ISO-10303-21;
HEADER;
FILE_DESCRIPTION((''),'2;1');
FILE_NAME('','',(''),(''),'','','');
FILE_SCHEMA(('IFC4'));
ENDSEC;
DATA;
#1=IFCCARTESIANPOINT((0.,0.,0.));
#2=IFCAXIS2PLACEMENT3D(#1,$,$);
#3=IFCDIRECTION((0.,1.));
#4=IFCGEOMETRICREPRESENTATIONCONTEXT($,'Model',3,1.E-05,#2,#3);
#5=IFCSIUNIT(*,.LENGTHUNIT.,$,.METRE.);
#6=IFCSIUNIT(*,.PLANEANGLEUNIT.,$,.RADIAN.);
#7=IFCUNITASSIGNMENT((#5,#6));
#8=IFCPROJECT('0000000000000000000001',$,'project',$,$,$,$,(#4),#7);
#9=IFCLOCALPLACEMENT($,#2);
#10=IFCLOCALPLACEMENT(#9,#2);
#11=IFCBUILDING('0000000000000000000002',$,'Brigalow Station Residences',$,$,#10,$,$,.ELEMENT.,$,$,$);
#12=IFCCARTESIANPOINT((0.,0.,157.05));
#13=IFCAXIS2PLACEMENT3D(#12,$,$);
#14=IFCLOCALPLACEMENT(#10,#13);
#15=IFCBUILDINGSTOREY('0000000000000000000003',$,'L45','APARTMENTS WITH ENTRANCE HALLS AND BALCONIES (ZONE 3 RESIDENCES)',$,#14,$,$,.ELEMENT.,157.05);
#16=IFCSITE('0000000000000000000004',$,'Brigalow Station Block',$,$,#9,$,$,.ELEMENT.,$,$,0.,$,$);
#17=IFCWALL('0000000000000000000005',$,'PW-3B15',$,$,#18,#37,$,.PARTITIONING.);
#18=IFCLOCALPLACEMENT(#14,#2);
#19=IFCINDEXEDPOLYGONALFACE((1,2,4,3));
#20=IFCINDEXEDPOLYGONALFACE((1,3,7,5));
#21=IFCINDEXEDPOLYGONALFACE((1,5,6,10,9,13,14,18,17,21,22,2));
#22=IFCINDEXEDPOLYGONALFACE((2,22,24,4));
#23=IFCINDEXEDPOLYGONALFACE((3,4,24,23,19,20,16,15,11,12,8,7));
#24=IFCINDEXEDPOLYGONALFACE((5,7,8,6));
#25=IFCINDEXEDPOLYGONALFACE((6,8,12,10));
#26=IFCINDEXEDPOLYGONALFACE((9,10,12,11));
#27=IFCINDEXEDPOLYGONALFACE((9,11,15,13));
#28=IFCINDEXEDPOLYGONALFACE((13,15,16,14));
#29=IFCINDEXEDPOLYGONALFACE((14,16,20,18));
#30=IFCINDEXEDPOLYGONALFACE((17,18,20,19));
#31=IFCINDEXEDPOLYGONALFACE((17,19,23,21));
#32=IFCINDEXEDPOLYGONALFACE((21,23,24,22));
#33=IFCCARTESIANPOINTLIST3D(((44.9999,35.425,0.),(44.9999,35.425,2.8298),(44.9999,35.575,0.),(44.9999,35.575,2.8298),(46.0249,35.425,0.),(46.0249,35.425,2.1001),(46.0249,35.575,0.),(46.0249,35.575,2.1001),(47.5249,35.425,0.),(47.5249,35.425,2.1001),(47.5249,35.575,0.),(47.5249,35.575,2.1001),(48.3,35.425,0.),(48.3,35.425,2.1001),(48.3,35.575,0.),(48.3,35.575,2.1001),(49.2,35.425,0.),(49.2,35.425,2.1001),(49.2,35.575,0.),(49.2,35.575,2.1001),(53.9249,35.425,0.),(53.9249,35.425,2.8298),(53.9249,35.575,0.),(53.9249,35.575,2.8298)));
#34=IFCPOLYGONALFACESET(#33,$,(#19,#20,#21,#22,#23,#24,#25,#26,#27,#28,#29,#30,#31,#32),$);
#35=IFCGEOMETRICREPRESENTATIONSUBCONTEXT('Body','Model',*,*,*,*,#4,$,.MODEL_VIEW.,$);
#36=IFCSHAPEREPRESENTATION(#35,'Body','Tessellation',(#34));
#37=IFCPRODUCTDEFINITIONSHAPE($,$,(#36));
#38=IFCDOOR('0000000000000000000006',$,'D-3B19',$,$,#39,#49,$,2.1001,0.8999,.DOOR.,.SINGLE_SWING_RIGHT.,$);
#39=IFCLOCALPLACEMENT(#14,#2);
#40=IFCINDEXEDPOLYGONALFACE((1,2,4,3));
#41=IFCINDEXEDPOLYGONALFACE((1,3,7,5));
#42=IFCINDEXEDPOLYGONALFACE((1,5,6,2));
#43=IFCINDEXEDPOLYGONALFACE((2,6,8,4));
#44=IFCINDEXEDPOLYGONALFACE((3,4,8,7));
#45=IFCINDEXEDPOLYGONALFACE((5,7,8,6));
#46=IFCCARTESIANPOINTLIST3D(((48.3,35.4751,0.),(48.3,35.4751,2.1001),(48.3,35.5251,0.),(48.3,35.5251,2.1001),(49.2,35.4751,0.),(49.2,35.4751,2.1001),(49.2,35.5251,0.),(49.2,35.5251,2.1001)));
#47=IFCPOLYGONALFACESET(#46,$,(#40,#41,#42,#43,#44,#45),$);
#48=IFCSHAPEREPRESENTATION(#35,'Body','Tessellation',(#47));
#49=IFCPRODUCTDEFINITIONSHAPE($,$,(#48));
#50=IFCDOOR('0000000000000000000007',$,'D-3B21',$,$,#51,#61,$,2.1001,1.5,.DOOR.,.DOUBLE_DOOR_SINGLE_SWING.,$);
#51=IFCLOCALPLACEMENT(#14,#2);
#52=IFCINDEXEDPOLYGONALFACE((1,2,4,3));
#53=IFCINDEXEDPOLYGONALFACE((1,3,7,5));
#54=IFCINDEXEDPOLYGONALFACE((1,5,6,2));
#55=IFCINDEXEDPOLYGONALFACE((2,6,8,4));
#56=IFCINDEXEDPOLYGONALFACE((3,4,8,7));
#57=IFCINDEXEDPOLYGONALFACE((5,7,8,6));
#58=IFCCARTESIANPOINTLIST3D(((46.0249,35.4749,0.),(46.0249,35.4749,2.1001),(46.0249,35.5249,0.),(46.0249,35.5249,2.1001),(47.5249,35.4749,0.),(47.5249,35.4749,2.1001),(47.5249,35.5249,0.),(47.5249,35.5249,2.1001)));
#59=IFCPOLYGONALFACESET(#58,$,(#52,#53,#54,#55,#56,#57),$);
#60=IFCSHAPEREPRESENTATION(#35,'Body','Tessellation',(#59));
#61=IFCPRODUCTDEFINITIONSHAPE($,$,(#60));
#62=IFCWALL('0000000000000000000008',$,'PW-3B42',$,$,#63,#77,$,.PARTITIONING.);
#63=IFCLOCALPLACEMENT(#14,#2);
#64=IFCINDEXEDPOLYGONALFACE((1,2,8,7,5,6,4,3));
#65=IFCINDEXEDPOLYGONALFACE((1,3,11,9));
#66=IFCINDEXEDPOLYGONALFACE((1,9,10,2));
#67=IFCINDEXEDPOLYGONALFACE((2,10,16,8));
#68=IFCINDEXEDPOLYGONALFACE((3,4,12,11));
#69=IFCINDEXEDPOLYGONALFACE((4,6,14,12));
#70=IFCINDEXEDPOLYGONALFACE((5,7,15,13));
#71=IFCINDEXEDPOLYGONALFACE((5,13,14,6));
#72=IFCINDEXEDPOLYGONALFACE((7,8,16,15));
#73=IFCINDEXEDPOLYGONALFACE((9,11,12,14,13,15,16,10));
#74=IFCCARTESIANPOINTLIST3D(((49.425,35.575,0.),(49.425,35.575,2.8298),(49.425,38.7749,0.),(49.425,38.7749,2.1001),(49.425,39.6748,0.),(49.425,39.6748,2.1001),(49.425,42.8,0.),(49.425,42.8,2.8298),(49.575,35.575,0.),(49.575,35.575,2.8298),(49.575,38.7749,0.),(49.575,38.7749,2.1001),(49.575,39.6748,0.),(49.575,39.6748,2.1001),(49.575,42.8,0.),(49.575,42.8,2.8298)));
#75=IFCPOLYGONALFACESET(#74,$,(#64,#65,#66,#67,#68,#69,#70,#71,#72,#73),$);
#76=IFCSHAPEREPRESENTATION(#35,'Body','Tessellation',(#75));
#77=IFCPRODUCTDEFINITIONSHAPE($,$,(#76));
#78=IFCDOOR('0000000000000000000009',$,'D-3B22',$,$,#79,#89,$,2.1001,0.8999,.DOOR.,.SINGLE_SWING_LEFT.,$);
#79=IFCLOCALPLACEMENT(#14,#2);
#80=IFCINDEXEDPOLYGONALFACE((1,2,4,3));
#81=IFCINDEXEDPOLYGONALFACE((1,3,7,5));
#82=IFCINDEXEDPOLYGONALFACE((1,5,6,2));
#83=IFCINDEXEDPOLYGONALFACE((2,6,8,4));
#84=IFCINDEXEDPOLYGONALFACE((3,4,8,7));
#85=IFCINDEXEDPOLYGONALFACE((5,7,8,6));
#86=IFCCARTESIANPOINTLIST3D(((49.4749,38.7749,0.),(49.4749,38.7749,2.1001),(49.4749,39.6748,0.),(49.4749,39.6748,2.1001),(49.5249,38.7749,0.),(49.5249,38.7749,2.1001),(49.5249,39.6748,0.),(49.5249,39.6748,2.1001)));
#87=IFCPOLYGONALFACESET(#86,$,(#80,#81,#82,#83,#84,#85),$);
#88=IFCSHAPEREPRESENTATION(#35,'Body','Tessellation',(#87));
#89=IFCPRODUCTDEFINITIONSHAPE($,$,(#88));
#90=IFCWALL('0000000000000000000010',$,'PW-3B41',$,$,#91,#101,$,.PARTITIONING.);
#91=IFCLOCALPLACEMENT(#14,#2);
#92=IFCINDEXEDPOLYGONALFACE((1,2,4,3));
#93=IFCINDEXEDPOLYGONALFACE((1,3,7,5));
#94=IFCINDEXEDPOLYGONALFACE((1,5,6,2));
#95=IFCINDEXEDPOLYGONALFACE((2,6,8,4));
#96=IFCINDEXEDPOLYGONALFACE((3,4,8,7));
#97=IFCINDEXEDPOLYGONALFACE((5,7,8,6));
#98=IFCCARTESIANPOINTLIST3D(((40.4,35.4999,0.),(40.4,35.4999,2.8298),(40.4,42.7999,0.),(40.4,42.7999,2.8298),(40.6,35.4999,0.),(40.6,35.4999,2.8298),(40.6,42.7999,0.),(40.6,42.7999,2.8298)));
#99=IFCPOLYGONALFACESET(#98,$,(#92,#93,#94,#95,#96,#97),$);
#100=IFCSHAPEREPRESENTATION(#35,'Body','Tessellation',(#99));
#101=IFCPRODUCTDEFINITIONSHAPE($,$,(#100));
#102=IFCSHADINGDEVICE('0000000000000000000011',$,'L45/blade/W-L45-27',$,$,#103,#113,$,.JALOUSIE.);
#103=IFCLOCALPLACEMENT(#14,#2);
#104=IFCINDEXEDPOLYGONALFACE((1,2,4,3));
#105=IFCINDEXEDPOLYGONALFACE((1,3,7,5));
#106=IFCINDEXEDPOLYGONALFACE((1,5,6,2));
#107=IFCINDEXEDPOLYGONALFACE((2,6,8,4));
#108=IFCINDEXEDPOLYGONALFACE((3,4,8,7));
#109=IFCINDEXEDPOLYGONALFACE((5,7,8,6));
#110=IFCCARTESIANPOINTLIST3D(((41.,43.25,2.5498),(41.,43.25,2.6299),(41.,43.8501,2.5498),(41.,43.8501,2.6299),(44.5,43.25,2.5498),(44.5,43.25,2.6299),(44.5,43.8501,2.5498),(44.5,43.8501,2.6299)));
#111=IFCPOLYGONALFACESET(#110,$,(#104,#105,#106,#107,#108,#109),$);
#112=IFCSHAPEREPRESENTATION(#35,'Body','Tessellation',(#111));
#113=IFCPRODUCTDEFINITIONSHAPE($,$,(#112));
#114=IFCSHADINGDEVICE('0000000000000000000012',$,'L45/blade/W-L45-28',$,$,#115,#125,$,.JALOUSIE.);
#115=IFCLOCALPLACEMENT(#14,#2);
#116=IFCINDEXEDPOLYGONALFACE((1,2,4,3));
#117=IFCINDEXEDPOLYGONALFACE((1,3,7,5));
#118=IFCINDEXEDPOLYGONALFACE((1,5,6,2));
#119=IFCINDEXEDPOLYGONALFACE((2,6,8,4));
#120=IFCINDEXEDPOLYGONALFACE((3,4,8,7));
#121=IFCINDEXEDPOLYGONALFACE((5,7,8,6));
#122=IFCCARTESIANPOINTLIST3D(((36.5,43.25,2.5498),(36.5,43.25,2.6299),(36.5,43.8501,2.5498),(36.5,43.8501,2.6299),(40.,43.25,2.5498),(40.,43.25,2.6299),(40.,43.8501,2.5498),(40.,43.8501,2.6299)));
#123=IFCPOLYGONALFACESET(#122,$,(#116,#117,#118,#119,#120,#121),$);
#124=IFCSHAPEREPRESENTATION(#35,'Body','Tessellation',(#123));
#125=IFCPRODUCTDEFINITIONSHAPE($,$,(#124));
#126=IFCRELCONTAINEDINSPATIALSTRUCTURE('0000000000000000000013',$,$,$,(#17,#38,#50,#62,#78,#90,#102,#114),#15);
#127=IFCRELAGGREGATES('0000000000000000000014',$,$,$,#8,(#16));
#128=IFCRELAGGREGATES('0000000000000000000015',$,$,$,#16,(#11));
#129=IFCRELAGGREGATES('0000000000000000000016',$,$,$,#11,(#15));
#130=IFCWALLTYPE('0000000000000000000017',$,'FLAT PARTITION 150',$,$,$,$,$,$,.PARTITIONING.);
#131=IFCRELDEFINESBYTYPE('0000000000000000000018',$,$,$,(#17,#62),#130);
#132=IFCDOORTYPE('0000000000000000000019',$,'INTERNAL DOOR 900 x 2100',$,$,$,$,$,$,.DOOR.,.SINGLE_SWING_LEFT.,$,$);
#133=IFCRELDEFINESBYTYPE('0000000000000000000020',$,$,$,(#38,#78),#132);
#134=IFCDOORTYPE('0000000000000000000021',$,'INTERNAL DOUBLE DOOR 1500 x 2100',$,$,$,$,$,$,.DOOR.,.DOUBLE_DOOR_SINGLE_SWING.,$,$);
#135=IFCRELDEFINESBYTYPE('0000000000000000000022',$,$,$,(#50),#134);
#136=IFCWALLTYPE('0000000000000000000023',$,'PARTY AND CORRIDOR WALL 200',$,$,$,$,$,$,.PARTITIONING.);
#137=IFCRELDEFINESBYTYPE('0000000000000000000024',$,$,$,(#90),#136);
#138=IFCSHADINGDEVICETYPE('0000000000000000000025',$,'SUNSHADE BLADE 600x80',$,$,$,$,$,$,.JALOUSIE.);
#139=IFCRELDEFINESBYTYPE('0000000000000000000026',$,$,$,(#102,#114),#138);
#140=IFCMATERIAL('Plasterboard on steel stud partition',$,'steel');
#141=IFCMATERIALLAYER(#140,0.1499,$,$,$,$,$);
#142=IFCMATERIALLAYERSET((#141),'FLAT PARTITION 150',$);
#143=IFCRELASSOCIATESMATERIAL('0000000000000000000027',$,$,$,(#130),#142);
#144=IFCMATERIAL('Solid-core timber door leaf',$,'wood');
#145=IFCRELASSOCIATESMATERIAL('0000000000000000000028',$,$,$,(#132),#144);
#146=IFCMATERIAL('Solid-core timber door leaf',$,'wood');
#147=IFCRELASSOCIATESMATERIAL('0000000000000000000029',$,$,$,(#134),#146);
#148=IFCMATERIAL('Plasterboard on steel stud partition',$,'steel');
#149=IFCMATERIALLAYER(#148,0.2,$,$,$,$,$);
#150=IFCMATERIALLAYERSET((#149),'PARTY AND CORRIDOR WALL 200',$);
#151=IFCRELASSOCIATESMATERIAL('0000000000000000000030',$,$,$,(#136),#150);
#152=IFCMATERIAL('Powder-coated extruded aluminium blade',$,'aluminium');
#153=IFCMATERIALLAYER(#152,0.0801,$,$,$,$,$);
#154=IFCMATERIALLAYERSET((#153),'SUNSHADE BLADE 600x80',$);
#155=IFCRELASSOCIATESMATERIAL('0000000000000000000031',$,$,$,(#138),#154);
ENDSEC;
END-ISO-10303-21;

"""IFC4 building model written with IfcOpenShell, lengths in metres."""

from ifc_helpers import new_model, si_unit, direction, frame, frame_2d, origin, origin_2d, place, context, subcontext, project, spatial, rectangle, extrude, material, layer, layer_set, type_object, element, fill, save


model = new_model("IFC4")

# Units and contexts
model_context = context("Model", 3, precision=1e-05, world=origin(), true_north=direction((0.0, 1.0)))
body_context = subcontext(model_context, "Body", "Model", "MODEL_VIEW")
ifc_project = project(units=[si_unit("LENGTHUNIT", "METRE"), si_unit("PLANEANGLEUNIT", "RADIAN")], contexts=[model_context])

# Site, building, storey
site_placement = place(None, origin())
site = spatial("IfcSite", under=ifc_project, at=site_placement, Name="Brigalow Station Block", CompositionType="ELEMENT", RefElevation=0.0)
building_placement = place(site_placement, origin())
building = spatial("IfcBuilding", under=site, at=building_placement, Name="Brigalow Station Residences", CompositionType="ELEMENT")
storey_placement = place(building_placement, frame((0.0, 0.0, 157.05)))
storey = spatial("IfcBuildingStorey", under=building, at=storey_placement, Name="L45", Description="APARTMENTS WITH ENTRANCE HALLS AND BALCONIES (ZONE 3 RESIDENCES)", CompositionType="ELEMENT", Elevation=157.05)

# Wall, openings, doors
ifc_material_1 = material(Name="Plasterboard on steel stud partition", Category="steel")
ifc_layer_1 = layer(ifc_material_1, 0.1499)
ifc_layer_set_1 = layer_set([ifc_layer_1], Name="FLAT PARTITION 150")
wall_type_1 = type_object("IfcWallType", Name="FLAT PARTITION 150", PredefinedType="PARTITIONING", material=ifc_layer_set_1)
wall_1_placement = place(storey_placement, frame((45.0, 35.5, 0.0), z_axis=(0.0, 0.0, 1.0), x_axis=(1.0, 0.0, 0.0)))
wall_1 = element("IfcWall", 1, at=wall_1_placement, inside=storey, type_object=wall_type_1, Name="PW-3B15", PredefinedType="PARTITIONING", context=body_context, shape_type="SweptSolid", body=[
    extrude(rectangle(XDim=8.925, YDim=0.1499, at=frame_2d((4.4624, 0.0))), origin(), (0.0, 0.0, 1.0), 2.8298),
])
opening_1_placement = place(wall_1_placement, frame((3.3, 0.0, 0.0)))
opening_1 = element("IfcOpeningElement", 2, at=opening_1_placement, cuts=wall_1, PredefinedType="OPENING", context=body_context, shape_type="SweptSolid", body=[
    extrude(rectangle(XDim=0.8999, YDim=2.1001, at=frame_2d((0.45, 1.05))), frame((0.0, 0.085, 0.0), z_axis=(0.0, -1.0, 0.0), x_axis=(1.0, 0.0, 0.0)), (0.0, 0.0, 1.0), 0.1699),
])
opening_2_placement = place(wall_1_placement, frame((1.0249, 0.0, 0.0)))
opening_2 = element("IfcOpeningElement", 3, at=opening_2_placement, cuts=wall_1, PredefinedType="OPENING", context=body_context, shape_type="SweptSolid", body=[
    extrude(rectangle(XDim=1.5, YDim=2.1001, at=frame_2d((0.75, 1.05))), frame((0.0, 0.085, 0.0), z_axis=(0.0, -1.0, 0.0), x_axis=(1.0, 0.0, 0.0)), (0.0, 0.0, 1.0), 0.1699),
])
ifc_material_2 = material(Name="Solid-core timber door leaf", Category="wood")
door_type_1 = type_object("IfcDoorType", Name="INTERNAL DOOR 900 x 2100", OperationType="SINGLE_SWING_LEFT", PredefinedType="DOOR", material=ifc_material_2)
door_1_placement = place(opening_1_placement, frame((0.8999, 0.0, 0.0), z_axis=(0.0, 0.0, 1.0), x_axis=(-1.0, 0.0, 0.0)))
door_1 = element("IfcDoor", 4, at=door_1_placement, inside=storey, type_object=door_type_1, Name="D-3B19", OperationType="SINGLE_SWING_RIGHT", OverallHeight=2.1001, OverallWidth=0.8999, PredefinedType="DOOR", context=body_context, shape_type="SweptSolid", body=[
    extrude(rectangle(XDim=0.8999, YDim=2.1001, at=frame_2d((0.45, 1.05))), frame((0.0, 0.0249, 0.0), z_axis=(0.0, -1.0, 0.0), x_axis=(1.0, 0.0, 0.0)), (0.0, 0.0, 1.0), 0.05),
])
fill(opening_1, door_1)
ifc_material_3 = material(Name="Solid-core timber door leaf", Category="wood")
door_type_2 = type_object("IfcDoorType", Name="INTERNAL DOUBLE DOOR 1500 x 2100", OperationType="DOUBLE_DOOR_SINGLE_SWING", PredefinedType="DOOR", material=ifc_material_3)
door_2_placement = place(opening_2_placement, origin())
door_2 = element("IfcDoor", 5, at=door_2_placement, inside=storey, type_object=door_type_2, Name="D-3B21", OperationType="DOUBLE_DOOR_SINGLE_SWING", OverallHeight=2.1001, OverallWidth=1.5, PredefinedType="DOOR", context=body_context, shape_type="SweptSolid", body=[
    extrude(rectangle(XDim=1.5, YDim=2.1001, at=frame_2d((0.75, 1.05))), frame((0.0, 0.0249, 0.0), z_axis=(0.0, -1.0, 0.0), x_axis=(1.0, 0.0, 0.0)), (0.0, 0.0, 1.0), 0.05),
])
fill(opening_2, door_2)

# Wall, opening, door
wall_2_placement = place(storey_placement, frame((49.5, 35.575, 0.0), z_axis=(0.0, 0.0, 1.0), x_axis=(0.0, 1.0, 0.0)))
wall_2 = element("IfcWall", 6, at=wall_2_placement, inside=storey, type_object=wall_type_1, Name="PW-3B42", PredefinedType="PARTITIONING", context=body_context, shape_type="SweptSolid", body=[
    extrude(rectangle(XDim=7.2251, YDim=0.1499, at=frame_2d((3.6125, 0.0))), origin(), (0.0, 0.0, 1.0), 2.8298),
])
opening_3_placement = place(wall_2_placement, frame((3.2, 0.0, 0.0)))
opening_3 = element("IfcOpeningElement", 7, at=opening_3_placement, cuts=wall_2, PredefinedType="OPENING", context=body_context, shape_type="SweptSolid", body=[
    extrude(rectangle(XDim=0.8999, YDim=2.1001, at=frame_2d((0.45, 1.05))), frame((0.0, 0.085, 0.0), z_axis=(0.0, -1.0, 0.0), x_axis=(1.0, 0.0, 0.0)), (0.0, 0.0, 1.0), 0.1699),
])
door_3_placement = place(opening_3_placement, frame((0.8999, 0.0, 0.0), z_axis=(0.0, 0.0, 1.0), x_axis=(-1.0, 0.0, 0.0)))
door_3 = element("IfcDoor", 8, at=door_3_placement, inside=storey, type_object=door_type_1, Name="D-3B22", OperationType="SINGLE_SWING_LEFT", OverallHeight=2.1001, OverallWidth=0.8999, PredefinedType="DOOR", context=body_context, shape_type="SweptSolid", body=[
    extrude(rectangle(XDim=0.8999, YDim=2.1001, at=frame_2d((0.45, 1.05))), frame((0.0, 0.0249, 0.0), z_axis=(0.0, -1.0, 0.0), x_axis=(1.0, 0.0, 0.0)), (0.0, 0.0, 1.0), 0.05),
])
fill(opening_3, door_3)

# Wall
ifc_material_4 = material(Name="Plasterboard on steel stud partition", Category="steel")
ifc_layer_2 = layer(ifc_material_4, 0.2)
ifc_layer_set_2 = layer_set([ifc_layer_2], Name="PARTY AND CORRIDOR WALL 200")
wall_type_2 = type_object("IfcWallType", Name="PARTY AND CORRIDOR WALL 200", PredefinedType="PARTITIONING", material=ifc_layer_set_2)
wall_3_placement = place(storey_placement, frame((40.5, 35.5, 0.0), z_axis=(0.0, 0.0, 1.0), x_axis=(0.0, 1.0, 0.0)))
element("IfcWall", 9, at=wall_3_placement, inside=storey, type_object=wall_type_2, Name="PW-3B41", PredefinedType="PARTITIONING", context=body_context, shape_type="SweptSolid", body=[
    extrude(rectangle(XDim=7.3, YDim=0.2, at=frame_2d((3.6499, 0.0))), origin(), (0.0, 0.0, 1.0), 2.8298),
])

# Shading devices
ifc_material_5 = material(Name="Powder-coated extruded aluminium blade", Category="aluminium")
ifc_layer_3 = layer(ifc_material_5, 0.0801)
ifc_layer_set_3 = layer_set([ifc_layer_3], Name="SUNSHADE BLADE 600x80")
shading_device_type = type_object("IfcShadingDeviceType", Name="SUNSHADE BLADE 600x80", PredefinedType="JALOUSIE", material=ifc_layer_set_3)
for number, where, z_axis, x_axis, name in (
    (10, (42.75, 43.55, 2.5498), (0.0, 0.0, 1.0), (-1.0, 0.0, 0.0), "L45/blade/W-L45-27"),
    (11, (38.25, 43.55, 2.5498), (0.0, 0.0, 1.0), (-1.0, 0.0, 0.0), "L45/blade/W-L45-28"),
):
    element("IfcShadingDevice", number, at=place(storey_placement, frame(where, z_axis=z_axis, x_axis=x_axis)), inside=storey, type_object=shading_device_type, Name=name, PredefinedType="JALOUSIE", context=body_context, shape_type="SweptSolid", body=[
        extrude(rectangle(XDim=3.5, YDim=0.6001, at=origin_2d()), origin(), (0.0, 0.0, 1.0), 0.0801),
    ])

save(model, "model.ifc")
